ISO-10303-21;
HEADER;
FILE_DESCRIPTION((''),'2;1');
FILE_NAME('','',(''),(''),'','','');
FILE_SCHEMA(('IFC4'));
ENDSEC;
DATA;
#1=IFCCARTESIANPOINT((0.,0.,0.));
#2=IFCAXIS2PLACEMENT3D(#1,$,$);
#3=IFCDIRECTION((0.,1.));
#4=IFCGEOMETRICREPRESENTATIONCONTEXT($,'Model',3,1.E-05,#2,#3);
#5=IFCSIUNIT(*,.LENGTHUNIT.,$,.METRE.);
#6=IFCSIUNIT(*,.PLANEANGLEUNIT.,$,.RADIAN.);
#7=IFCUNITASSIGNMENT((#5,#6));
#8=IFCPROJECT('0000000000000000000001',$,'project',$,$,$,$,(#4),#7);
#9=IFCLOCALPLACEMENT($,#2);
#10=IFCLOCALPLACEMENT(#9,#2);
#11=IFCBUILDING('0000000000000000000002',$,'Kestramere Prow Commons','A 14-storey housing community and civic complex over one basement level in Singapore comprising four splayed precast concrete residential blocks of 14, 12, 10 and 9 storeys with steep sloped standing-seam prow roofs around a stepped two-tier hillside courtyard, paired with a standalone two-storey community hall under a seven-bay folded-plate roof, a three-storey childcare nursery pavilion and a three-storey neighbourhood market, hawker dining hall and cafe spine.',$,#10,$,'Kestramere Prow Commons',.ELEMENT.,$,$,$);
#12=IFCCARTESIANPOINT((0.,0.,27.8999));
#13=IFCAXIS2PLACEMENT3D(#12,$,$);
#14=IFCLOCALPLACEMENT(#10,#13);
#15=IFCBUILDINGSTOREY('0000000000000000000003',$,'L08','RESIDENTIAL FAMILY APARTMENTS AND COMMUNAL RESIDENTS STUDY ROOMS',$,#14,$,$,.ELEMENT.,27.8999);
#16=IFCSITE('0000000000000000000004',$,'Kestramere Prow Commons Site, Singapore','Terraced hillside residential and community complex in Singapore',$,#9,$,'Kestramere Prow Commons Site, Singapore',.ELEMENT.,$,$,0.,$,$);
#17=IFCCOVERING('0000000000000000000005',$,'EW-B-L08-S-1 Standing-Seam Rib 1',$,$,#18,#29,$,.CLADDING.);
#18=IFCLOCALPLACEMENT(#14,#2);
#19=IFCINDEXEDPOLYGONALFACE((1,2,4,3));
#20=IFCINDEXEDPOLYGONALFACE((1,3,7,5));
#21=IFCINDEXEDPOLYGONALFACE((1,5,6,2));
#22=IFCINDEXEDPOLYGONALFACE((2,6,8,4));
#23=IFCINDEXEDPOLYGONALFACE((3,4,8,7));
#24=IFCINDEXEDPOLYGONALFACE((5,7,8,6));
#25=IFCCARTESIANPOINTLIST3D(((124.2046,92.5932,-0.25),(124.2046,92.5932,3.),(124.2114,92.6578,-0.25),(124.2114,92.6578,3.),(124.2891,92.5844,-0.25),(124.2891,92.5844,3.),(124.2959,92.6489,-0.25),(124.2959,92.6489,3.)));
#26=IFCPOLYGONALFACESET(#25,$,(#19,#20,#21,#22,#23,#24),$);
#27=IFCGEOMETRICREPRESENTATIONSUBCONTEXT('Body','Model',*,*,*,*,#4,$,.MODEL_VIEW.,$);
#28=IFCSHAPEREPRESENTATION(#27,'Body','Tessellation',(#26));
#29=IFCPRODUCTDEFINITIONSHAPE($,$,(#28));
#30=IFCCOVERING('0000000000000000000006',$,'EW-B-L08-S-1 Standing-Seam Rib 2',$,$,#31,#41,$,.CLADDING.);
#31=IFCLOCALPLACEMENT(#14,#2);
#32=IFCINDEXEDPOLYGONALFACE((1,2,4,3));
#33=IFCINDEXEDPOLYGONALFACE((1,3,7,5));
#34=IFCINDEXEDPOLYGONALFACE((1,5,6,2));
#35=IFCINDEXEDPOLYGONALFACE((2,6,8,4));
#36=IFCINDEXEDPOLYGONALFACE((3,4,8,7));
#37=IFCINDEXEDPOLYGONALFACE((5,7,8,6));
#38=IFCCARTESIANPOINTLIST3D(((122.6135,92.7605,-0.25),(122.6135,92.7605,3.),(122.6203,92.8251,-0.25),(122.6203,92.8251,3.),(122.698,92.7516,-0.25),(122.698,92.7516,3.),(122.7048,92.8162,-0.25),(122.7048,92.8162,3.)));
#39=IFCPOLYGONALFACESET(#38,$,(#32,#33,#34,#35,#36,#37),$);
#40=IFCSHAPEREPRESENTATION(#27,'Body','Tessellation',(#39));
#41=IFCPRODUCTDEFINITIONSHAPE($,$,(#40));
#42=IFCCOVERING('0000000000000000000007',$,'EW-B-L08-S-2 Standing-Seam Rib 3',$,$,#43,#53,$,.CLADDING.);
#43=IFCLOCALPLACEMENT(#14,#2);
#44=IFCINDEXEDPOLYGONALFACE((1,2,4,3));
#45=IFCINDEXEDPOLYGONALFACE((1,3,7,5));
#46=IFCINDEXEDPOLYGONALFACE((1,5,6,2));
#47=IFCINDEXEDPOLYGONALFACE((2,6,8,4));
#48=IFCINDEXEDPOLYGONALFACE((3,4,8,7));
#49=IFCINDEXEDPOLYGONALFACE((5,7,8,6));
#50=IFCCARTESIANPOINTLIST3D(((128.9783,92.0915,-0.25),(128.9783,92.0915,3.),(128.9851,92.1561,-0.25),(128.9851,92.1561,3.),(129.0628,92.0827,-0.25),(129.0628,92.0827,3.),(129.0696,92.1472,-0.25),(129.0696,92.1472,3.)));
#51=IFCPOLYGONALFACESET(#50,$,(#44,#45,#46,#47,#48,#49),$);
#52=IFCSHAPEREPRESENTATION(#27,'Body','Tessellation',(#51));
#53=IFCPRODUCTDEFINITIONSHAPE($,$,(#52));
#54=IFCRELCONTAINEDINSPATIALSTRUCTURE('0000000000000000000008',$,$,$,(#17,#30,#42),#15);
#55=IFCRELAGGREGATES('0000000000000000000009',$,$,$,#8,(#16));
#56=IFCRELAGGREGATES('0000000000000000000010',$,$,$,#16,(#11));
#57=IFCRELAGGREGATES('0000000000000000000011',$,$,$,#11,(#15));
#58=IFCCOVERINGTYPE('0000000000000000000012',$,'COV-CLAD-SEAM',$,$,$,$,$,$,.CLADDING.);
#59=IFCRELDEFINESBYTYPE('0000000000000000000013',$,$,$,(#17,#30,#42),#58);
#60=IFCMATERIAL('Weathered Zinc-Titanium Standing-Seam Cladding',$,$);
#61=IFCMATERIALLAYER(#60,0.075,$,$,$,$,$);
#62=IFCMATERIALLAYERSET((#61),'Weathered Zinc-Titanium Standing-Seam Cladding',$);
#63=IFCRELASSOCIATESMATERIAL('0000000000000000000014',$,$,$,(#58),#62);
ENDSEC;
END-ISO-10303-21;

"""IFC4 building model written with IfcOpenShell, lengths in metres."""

from ifc_helpers import new_model, si_unit, direction, frame, origin, origin_2d, place, context, subcontext, project, spatial, rectangle, extrude, material, layer, layer_set, type_object, element, save


model = new_model("IFC4")

# Units and contexts
model_context = context("Model", 3, precision=1e-05, world=origin(), true_north=direction((0.0, 1.0)))
body_context = subcontext(model_context, "Body", "Model", "MODEL_VIEW")
ifc_project = project(units=[si_unit("LENGTHUNIT", "METRE"), si_unit("PLANEANGLEUNIT", "RADIAN")], contexts=[model_context])

# Site, building, storey
site_placement = place(None, origin())
site = spatial("IfcSite", under=ifc_project, at=site_placement, Name="Kestramere Prow Commons Site, Singapore", Description="Terraced hillside residential and community complex in Singapore", LongName="Kestramere Prow Commons Site, Singapore", CompositionType="ELEMENT", RefElevation=0.0)
building_placement = place(site_placement, origin())
building = spatial("IfcBuilding", under=site, at=building_placement, Name="Kestramere Prow Commons", Description="A 14-storey housing community and civic complex over one basement level in Singapore comprising four splayed precast concrete residential blocks of 14, 12, 10 and 9 storeys with steep sloped standing-seam prow roofs around a stepped two-tier hillside courtyard, paired with a standalone two-storey community hall under a seven-bay folded-plate roof, a three-storey childcare nursery pavilion and a three-storey neighbourhood market, hawker dining hall and cafe spine.", LongName="Kestramere Prow Commons", CompositionType="ELEMENT")
storey_placement = place(building_placement, frame((0.0, 0.0, 27.8999)))
storey = spatial("IfcBuildingStorey", under=building, at=storey_placement, Name="L08", Description="RESIDENTIAL FAMILY APARTMENTS AND COMMUNAL RESIDENTS STUDY ROOMS", CompositionType="ELEMENT", Elevation=27.8999)

# Coverings
ifc_material_1 = material(Name="Weathered Zinc-Titanium Standing-Seam Cladding")
ifc_layer_1 = layer(ifc_material_1, 0.075)
ifc_layer_set_1 = layer_set([ifc_layer_1], Name="Weathered Zinc-Titanium Standing-Seam Cladding")
covering_type = type_object("IfcCoveringType", Name="COV-CLAD-SEAM", PredefinedType="CLADDING", material=ifc_layer_set_1)
for number, where, z_axis, x_axis, name in (
    (1, (124.2502, 92.6211, -0.25), (0.0, 0.0, 1.0), (-0.994522, 0.104528, 0.0), "EW-B-L08-S-1 Standing-Seam Rib 1"),
    (2, (122.6592, 92.7883, -0.25), (0.0, 0.0, 1.0), (-0.994522, 0.104528, 0.0), "EW-B-L08-S-1 Standing-Seam Rib 2"),
    (3, (129.0239, 92.1194, -0.25), (0.0, 0.0, 1.0), (-0.994522, 0.104528, 0.0), "EW-B-L08-S-2 Standing-Seam Rib 3"),
):
    element("IfcCovering", number, at=place(storey_placement, frame(where, z_axis=z_axis, x_axis=x_axis)), inside=storey, type_object=covering_type, Name=name, PredefinedType="CLADDING", context=body_context, shape_type="SweptSolid", body=[
        extrude(rectangle(XDim=0.085, YDim=0.0649, at=origin_2d()), origin(), (0.0, 0.0, 1.0), 3.25),
    ])

save(model, "model.ifc")
